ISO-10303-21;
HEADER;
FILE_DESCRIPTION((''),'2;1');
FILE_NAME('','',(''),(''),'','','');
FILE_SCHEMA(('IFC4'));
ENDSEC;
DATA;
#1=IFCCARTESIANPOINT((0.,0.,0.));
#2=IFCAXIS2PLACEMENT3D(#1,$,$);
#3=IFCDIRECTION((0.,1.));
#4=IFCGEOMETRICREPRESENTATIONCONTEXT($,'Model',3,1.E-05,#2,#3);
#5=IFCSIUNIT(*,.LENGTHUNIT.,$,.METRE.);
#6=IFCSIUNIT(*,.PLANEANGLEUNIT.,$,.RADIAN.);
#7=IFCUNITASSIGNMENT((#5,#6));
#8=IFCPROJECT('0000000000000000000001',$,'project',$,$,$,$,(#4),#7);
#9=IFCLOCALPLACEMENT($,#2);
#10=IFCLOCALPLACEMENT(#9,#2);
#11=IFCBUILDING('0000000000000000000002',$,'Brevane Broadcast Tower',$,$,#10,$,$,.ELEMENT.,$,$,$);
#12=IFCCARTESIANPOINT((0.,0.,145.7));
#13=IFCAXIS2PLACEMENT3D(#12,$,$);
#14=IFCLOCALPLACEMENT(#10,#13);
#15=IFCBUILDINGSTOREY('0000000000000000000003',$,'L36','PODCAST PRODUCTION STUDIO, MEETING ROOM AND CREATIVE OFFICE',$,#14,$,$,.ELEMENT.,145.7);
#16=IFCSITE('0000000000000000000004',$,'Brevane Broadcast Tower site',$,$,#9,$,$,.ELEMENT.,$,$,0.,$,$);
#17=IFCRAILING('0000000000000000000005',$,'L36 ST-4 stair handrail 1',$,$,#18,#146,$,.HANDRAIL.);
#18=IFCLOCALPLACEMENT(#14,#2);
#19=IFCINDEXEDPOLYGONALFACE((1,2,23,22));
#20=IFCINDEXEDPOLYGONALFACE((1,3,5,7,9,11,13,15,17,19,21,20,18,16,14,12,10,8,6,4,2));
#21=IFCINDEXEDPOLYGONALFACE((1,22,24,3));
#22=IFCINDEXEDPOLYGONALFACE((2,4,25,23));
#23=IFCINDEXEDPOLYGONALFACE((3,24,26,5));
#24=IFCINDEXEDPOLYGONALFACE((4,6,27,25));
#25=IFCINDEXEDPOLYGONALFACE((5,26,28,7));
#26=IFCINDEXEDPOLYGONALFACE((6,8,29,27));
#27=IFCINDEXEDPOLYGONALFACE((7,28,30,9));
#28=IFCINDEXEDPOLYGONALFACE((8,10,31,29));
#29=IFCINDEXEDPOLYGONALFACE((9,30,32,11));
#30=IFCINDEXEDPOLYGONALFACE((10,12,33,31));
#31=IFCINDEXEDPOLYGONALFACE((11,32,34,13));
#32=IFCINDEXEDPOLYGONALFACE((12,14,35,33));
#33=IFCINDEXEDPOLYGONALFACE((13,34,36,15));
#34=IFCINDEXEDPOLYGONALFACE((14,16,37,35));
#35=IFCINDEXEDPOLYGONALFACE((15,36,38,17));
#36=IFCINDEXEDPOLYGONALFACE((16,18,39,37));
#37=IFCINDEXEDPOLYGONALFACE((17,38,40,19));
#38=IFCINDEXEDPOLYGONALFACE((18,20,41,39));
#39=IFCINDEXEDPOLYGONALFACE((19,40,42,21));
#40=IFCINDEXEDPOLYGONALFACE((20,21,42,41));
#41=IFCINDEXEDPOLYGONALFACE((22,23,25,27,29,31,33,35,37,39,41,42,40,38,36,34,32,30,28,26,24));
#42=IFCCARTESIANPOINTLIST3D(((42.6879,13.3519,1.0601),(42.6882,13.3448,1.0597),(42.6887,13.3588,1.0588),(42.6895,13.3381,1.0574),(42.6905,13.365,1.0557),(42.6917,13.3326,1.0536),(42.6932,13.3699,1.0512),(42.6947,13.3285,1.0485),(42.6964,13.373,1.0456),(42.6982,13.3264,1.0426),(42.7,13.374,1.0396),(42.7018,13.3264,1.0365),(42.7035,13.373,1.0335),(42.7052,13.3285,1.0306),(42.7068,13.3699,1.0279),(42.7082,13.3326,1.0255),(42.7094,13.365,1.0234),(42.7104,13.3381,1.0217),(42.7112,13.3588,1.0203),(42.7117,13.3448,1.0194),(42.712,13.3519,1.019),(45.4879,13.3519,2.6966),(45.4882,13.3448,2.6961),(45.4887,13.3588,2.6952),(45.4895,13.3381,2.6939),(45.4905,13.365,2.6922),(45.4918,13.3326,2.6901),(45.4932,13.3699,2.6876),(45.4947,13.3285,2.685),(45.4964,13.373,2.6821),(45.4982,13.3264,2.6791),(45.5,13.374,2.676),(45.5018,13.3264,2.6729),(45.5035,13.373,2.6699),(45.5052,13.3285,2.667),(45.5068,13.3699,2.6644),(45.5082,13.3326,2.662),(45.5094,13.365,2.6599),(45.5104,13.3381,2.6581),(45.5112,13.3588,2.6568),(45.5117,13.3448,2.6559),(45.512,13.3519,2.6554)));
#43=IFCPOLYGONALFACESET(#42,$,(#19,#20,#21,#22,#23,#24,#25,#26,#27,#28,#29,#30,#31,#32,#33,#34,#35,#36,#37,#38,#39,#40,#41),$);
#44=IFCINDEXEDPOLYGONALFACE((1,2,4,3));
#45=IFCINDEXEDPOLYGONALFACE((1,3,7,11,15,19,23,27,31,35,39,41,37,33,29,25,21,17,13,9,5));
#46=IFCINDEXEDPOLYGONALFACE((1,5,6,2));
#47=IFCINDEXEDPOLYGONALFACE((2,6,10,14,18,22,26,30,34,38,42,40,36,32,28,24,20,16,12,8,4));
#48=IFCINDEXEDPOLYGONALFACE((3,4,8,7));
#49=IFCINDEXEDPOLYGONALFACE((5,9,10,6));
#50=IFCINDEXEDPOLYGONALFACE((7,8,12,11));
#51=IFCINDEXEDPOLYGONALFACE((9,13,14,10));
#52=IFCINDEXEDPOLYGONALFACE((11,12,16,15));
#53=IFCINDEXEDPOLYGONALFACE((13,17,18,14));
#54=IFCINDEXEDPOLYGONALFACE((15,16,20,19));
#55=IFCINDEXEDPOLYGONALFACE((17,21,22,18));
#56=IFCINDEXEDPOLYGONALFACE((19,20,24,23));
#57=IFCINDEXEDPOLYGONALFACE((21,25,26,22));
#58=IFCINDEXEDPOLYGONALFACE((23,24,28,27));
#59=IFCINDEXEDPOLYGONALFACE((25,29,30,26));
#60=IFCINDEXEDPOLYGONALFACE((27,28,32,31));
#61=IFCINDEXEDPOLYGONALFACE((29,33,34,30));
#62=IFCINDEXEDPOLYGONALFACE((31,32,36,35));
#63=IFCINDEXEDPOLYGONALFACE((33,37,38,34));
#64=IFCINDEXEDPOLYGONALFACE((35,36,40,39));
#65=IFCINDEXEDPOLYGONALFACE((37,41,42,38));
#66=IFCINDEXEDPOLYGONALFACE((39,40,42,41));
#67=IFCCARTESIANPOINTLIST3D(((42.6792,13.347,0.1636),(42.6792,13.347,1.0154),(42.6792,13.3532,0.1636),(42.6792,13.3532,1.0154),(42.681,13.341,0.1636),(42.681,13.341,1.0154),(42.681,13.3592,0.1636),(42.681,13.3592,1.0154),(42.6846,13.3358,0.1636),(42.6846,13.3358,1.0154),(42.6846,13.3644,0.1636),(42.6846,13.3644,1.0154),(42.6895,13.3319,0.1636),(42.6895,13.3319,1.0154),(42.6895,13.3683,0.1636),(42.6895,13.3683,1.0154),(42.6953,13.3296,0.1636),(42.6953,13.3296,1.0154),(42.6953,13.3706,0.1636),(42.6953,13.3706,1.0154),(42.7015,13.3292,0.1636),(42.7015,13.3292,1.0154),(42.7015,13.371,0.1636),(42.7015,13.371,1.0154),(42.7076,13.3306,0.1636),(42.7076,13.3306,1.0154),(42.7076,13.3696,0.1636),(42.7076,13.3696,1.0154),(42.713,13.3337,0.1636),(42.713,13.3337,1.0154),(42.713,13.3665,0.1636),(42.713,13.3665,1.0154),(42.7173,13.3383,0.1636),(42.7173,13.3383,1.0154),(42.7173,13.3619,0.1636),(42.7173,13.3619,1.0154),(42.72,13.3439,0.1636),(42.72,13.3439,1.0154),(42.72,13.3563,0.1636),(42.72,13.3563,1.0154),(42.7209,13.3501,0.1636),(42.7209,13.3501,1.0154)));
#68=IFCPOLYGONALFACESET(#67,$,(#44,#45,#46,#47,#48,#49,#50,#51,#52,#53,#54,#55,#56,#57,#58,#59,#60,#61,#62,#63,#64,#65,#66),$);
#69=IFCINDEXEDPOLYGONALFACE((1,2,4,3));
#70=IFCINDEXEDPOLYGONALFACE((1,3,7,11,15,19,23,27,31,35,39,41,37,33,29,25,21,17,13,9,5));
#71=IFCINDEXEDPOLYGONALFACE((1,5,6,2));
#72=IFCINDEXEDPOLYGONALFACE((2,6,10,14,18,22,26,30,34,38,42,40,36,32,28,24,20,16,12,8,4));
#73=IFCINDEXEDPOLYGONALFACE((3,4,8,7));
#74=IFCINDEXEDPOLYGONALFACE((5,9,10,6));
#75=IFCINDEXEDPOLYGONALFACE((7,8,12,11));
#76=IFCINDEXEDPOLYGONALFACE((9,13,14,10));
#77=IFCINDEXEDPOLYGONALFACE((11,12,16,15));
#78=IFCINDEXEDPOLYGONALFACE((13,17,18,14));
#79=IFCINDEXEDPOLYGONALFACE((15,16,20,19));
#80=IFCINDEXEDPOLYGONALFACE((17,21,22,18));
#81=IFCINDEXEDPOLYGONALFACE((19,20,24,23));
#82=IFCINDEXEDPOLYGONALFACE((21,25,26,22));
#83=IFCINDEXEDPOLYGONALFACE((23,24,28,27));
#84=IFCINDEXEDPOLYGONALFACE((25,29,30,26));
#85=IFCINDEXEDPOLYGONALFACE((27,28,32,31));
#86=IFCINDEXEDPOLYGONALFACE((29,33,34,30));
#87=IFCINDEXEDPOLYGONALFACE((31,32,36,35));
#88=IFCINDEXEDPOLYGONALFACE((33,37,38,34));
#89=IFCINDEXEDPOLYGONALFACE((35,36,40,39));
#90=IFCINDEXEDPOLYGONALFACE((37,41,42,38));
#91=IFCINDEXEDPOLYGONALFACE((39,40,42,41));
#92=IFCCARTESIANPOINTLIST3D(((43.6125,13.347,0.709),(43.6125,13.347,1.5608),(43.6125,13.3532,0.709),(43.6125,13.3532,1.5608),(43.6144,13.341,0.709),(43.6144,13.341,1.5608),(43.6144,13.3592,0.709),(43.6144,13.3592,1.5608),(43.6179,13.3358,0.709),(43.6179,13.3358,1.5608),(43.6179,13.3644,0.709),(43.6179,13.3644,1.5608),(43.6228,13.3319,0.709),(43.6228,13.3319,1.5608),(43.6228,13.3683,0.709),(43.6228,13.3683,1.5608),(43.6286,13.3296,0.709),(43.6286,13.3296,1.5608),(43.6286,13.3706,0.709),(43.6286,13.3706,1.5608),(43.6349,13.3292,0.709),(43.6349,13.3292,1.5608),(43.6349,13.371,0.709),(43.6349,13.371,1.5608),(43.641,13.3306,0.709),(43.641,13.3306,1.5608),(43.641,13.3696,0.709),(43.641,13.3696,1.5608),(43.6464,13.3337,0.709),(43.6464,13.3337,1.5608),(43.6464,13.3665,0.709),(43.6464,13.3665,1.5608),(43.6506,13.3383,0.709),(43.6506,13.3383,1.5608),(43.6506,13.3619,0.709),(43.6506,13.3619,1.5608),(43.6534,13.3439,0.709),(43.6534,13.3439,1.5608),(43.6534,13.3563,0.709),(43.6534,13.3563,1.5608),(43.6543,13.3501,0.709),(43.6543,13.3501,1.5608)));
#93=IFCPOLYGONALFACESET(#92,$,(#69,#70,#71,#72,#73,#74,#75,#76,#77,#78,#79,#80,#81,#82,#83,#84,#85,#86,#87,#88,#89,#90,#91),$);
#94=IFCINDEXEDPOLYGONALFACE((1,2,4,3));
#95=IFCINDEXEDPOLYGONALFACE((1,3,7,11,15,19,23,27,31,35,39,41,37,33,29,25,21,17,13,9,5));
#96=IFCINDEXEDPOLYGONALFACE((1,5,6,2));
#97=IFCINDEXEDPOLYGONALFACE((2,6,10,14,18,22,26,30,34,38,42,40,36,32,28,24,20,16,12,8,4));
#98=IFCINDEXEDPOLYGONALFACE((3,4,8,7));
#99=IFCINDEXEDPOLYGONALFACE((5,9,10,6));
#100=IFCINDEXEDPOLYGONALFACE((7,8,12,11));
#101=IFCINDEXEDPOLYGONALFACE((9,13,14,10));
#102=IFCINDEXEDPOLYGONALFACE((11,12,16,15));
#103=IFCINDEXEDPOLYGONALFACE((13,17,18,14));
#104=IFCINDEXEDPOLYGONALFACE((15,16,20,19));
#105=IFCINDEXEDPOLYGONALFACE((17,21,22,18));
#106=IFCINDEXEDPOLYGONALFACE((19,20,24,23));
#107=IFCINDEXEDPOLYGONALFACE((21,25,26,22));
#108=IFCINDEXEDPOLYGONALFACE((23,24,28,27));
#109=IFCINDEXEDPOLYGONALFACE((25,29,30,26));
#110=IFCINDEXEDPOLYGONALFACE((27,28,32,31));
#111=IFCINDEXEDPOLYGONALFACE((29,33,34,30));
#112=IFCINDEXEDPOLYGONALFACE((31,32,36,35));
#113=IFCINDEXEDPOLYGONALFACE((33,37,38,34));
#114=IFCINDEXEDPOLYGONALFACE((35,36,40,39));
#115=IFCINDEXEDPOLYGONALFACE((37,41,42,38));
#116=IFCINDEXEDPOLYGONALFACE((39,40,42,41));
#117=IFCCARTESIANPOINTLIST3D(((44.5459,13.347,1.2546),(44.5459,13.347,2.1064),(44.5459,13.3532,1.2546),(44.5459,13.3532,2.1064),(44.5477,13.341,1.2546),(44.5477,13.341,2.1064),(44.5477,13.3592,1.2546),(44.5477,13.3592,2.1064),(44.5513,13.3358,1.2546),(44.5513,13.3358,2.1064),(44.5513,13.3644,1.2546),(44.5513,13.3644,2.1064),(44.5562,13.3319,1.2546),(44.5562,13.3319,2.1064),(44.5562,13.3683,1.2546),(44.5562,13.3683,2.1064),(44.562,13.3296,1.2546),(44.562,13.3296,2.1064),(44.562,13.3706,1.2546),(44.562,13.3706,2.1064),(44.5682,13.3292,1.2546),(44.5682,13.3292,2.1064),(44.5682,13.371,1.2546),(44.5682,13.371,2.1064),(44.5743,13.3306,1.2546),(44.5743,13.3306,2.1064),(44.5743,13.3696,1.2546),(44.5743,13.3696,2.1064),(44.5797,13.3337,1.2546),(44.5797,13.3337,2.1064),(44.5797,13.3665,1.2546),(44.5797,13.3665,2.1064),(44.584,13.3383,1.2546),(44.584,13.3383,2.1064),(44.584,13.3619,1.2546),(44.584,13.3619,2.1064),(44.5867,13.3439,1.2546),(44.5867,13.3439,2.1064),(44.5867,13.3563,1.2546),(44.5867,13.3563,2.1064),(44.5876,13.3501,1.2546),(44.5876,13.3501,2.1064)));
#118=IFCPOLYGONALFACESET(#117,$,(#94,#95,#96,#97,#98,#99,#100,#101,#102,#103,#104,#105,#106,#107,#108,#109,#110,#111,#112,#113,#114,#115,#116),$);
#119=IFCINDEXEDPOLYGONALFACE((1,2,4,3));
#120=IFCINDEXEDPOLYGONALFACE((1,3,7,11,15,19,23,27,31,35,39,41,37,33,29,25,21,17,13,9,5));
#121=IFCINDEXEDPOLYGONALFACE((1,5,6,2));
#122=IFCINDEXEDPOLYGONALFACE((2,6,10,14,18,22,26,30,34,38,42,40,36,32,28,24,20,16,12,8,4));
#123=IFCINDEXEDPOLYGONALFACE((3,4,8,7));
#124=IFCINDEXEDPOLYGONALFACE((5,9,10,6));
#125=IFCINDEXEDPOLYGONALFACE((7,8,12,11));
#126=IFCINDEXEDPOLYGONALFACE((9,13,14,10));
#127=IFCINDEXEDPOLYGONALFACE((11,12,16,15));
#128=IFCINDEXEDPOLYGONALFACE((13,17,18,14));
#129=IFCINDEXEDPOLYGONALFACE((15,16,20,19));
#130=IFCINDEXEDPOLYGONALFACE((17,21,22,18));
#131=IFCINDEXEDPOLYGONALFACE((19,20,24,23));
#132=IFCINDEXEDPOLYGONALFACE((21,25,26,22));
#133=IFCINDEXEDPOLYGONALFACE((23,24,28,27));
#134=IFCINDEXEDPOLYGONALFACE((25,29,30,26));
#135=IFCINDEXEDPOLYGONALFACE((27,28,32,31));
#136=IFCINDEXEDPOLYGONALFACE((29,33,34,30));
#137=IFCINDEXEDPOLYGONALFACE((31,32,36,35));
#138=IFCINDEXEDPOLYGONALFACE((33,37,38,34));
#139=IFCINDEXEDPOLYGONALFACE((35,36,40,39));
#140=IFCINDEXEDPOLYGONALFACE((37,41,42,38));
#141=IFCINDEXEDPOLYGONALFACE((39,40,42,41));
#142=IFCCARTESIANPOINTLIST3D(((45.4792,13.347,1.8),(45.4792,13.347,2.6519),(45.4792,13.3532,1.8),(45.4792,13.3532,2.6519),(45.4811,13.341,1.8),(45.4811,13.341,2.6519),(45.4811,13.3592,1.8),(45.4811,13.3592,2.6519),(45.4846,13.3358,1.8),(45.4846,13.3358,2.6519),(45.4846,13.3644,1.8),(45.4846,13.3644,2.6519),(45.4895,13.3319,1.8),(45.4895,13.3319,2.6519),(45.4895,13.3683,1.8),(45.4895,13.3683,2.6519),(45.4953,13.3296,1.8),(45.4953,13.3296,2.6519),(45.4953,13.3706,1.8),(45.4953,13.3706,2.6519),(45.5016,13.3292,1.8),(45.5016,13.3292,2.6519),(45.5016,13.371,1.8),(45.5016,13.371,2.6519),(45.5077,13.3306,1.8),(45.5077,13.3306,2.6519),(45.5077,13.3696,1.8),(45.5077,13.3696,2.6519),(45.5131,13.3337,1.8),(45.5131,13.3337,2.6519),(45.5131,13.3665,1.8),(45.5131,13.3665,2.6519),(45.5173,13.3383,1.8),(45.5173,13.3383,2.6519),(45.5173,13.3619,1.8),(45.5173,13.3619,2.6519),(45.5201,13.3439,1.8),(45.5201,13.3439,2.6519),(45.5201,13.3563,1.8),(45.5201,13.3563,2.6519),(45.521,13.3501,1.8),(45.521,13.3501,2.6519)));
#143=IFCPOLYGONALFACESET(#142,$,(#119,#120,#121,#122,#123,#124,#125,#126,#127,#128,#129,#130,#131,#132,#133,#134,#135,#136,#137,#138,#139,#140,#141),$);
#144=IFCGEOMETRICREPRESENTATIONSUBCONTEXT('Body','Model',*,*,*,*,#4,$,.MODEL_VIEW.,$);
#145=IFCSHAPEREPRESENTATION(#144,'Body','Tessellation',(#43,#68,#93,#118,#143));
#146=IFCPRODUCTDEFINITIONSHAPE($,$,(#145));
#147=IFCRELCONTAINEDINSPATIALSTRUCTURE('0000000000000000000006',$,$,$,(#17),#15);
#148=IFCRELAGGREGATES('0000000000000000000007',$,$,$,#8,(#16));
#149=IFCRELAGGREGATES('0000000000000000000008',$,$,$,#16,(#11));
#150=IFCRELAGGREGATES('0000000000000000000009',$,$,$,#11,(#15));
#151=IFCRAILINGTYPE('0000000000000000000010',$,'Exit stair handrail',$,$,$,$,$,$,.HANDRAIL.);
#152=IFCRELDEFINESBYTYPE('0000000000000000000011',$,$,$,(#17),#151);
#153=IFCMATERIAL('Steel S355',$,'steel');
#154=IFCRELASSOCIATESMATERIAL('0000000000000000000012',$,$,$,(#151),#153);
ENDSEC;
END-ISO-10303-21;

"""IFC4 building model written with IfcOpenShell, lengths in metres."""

from ifc_helpers import new_model, si_unit, direction, frame, origin, origin_2d, place, context, subcontext, project, spatial, circle, extrude, material, type_object, element, save


model = new_model("IFC4")

# Units and contexts
model_context = context("Model", 3, precision=1e-05, world=origin(), true_north=direction((0.0, 1.0)))
body_context = subcontext(model_context, "Body", "Model", "MODEL_VIEW")
ifc_project = project(units=[si_unit("LENGTHUNIT", "METRE"), si_unit("PLANEANGLEUNIT", "RADIAN")], contexts=[model_context])

# Site, building, storey
site_placement = place(None, origin())
site = spatial("IfcSite", under=ifc_project, at=site_placement, Name="Brevane Broadcast Tower site", CompositionType="ELEMENT", RefElevation=0.0)
building_placement = place(site_placement, origin())
building = spatial("IfcBuilding", under=site, at=building_placement, Name="Brevane Broadcast Tower", CompositionType="ELEMENT")
storey_placement = place(building_placement, frame((0.0, 0.0, 145.7)))
storey = spatial("IfcBuildingStorey", under=building, at=storey_placement, Name="L36", Description="PODCAST PRODUCTION STUDIO, MEETING ROOM AND CREATIVE OFFICE", CompositionType="ELEMENT", Elevation=145.7)

# Railing
ifc_material_1 = material(Name="Steel S355", Category="steel")
railing_type_1 = type_object("IfcRailingType", Name="Exit stair handrail", PredefinedType="HANDRAIL", material=ifc_material_1)
railing_1_placement = place(storey_placement, frame((42.7, 13.3501, 0.1636)))
element("IfcRailing", 1, at=railing_1_placement, inside=storey, type_object=railing_type_1, Name="L36 ST-4 stair handrail 1", PredefinedType="HANDRAIL", context=body_context, shape_type="SweptSolid", body=[
    extrude(circle(Radius=0.0239, at=origin_2d()), frame((0.0, 0.0, 0.876), z_axis=(0.863361, 0.0, 0.504587), x_axis=(0.0, 1.0, 0.0)), (0.0, 0.0, 1.0), 3.2432),
    extrude(circle(Radius=0.021, at=origin_2d()), origin(), (0.0, 0.0, 1.0), 0.8518),
    extrude(circle(Radius=0.021, at=origin_2d()), frame((0.9333, 0.0, 0.5454)), (0.0, 0.0, 1.0), 0.8518),
    extrude(circle(Radius=0.021, at=origin_2d()), frame((1.8667, 0.0, 1.0911)), (0.0, 0.0, 1.0), 0.8518),
    extrude(circle(Radius=0.021, at=origin_2d()), frame((2.8, 0.0, 1.6365)), (0.0, 0.0, 1.0), 0.8518),
])

save(model, "model.ifc")
